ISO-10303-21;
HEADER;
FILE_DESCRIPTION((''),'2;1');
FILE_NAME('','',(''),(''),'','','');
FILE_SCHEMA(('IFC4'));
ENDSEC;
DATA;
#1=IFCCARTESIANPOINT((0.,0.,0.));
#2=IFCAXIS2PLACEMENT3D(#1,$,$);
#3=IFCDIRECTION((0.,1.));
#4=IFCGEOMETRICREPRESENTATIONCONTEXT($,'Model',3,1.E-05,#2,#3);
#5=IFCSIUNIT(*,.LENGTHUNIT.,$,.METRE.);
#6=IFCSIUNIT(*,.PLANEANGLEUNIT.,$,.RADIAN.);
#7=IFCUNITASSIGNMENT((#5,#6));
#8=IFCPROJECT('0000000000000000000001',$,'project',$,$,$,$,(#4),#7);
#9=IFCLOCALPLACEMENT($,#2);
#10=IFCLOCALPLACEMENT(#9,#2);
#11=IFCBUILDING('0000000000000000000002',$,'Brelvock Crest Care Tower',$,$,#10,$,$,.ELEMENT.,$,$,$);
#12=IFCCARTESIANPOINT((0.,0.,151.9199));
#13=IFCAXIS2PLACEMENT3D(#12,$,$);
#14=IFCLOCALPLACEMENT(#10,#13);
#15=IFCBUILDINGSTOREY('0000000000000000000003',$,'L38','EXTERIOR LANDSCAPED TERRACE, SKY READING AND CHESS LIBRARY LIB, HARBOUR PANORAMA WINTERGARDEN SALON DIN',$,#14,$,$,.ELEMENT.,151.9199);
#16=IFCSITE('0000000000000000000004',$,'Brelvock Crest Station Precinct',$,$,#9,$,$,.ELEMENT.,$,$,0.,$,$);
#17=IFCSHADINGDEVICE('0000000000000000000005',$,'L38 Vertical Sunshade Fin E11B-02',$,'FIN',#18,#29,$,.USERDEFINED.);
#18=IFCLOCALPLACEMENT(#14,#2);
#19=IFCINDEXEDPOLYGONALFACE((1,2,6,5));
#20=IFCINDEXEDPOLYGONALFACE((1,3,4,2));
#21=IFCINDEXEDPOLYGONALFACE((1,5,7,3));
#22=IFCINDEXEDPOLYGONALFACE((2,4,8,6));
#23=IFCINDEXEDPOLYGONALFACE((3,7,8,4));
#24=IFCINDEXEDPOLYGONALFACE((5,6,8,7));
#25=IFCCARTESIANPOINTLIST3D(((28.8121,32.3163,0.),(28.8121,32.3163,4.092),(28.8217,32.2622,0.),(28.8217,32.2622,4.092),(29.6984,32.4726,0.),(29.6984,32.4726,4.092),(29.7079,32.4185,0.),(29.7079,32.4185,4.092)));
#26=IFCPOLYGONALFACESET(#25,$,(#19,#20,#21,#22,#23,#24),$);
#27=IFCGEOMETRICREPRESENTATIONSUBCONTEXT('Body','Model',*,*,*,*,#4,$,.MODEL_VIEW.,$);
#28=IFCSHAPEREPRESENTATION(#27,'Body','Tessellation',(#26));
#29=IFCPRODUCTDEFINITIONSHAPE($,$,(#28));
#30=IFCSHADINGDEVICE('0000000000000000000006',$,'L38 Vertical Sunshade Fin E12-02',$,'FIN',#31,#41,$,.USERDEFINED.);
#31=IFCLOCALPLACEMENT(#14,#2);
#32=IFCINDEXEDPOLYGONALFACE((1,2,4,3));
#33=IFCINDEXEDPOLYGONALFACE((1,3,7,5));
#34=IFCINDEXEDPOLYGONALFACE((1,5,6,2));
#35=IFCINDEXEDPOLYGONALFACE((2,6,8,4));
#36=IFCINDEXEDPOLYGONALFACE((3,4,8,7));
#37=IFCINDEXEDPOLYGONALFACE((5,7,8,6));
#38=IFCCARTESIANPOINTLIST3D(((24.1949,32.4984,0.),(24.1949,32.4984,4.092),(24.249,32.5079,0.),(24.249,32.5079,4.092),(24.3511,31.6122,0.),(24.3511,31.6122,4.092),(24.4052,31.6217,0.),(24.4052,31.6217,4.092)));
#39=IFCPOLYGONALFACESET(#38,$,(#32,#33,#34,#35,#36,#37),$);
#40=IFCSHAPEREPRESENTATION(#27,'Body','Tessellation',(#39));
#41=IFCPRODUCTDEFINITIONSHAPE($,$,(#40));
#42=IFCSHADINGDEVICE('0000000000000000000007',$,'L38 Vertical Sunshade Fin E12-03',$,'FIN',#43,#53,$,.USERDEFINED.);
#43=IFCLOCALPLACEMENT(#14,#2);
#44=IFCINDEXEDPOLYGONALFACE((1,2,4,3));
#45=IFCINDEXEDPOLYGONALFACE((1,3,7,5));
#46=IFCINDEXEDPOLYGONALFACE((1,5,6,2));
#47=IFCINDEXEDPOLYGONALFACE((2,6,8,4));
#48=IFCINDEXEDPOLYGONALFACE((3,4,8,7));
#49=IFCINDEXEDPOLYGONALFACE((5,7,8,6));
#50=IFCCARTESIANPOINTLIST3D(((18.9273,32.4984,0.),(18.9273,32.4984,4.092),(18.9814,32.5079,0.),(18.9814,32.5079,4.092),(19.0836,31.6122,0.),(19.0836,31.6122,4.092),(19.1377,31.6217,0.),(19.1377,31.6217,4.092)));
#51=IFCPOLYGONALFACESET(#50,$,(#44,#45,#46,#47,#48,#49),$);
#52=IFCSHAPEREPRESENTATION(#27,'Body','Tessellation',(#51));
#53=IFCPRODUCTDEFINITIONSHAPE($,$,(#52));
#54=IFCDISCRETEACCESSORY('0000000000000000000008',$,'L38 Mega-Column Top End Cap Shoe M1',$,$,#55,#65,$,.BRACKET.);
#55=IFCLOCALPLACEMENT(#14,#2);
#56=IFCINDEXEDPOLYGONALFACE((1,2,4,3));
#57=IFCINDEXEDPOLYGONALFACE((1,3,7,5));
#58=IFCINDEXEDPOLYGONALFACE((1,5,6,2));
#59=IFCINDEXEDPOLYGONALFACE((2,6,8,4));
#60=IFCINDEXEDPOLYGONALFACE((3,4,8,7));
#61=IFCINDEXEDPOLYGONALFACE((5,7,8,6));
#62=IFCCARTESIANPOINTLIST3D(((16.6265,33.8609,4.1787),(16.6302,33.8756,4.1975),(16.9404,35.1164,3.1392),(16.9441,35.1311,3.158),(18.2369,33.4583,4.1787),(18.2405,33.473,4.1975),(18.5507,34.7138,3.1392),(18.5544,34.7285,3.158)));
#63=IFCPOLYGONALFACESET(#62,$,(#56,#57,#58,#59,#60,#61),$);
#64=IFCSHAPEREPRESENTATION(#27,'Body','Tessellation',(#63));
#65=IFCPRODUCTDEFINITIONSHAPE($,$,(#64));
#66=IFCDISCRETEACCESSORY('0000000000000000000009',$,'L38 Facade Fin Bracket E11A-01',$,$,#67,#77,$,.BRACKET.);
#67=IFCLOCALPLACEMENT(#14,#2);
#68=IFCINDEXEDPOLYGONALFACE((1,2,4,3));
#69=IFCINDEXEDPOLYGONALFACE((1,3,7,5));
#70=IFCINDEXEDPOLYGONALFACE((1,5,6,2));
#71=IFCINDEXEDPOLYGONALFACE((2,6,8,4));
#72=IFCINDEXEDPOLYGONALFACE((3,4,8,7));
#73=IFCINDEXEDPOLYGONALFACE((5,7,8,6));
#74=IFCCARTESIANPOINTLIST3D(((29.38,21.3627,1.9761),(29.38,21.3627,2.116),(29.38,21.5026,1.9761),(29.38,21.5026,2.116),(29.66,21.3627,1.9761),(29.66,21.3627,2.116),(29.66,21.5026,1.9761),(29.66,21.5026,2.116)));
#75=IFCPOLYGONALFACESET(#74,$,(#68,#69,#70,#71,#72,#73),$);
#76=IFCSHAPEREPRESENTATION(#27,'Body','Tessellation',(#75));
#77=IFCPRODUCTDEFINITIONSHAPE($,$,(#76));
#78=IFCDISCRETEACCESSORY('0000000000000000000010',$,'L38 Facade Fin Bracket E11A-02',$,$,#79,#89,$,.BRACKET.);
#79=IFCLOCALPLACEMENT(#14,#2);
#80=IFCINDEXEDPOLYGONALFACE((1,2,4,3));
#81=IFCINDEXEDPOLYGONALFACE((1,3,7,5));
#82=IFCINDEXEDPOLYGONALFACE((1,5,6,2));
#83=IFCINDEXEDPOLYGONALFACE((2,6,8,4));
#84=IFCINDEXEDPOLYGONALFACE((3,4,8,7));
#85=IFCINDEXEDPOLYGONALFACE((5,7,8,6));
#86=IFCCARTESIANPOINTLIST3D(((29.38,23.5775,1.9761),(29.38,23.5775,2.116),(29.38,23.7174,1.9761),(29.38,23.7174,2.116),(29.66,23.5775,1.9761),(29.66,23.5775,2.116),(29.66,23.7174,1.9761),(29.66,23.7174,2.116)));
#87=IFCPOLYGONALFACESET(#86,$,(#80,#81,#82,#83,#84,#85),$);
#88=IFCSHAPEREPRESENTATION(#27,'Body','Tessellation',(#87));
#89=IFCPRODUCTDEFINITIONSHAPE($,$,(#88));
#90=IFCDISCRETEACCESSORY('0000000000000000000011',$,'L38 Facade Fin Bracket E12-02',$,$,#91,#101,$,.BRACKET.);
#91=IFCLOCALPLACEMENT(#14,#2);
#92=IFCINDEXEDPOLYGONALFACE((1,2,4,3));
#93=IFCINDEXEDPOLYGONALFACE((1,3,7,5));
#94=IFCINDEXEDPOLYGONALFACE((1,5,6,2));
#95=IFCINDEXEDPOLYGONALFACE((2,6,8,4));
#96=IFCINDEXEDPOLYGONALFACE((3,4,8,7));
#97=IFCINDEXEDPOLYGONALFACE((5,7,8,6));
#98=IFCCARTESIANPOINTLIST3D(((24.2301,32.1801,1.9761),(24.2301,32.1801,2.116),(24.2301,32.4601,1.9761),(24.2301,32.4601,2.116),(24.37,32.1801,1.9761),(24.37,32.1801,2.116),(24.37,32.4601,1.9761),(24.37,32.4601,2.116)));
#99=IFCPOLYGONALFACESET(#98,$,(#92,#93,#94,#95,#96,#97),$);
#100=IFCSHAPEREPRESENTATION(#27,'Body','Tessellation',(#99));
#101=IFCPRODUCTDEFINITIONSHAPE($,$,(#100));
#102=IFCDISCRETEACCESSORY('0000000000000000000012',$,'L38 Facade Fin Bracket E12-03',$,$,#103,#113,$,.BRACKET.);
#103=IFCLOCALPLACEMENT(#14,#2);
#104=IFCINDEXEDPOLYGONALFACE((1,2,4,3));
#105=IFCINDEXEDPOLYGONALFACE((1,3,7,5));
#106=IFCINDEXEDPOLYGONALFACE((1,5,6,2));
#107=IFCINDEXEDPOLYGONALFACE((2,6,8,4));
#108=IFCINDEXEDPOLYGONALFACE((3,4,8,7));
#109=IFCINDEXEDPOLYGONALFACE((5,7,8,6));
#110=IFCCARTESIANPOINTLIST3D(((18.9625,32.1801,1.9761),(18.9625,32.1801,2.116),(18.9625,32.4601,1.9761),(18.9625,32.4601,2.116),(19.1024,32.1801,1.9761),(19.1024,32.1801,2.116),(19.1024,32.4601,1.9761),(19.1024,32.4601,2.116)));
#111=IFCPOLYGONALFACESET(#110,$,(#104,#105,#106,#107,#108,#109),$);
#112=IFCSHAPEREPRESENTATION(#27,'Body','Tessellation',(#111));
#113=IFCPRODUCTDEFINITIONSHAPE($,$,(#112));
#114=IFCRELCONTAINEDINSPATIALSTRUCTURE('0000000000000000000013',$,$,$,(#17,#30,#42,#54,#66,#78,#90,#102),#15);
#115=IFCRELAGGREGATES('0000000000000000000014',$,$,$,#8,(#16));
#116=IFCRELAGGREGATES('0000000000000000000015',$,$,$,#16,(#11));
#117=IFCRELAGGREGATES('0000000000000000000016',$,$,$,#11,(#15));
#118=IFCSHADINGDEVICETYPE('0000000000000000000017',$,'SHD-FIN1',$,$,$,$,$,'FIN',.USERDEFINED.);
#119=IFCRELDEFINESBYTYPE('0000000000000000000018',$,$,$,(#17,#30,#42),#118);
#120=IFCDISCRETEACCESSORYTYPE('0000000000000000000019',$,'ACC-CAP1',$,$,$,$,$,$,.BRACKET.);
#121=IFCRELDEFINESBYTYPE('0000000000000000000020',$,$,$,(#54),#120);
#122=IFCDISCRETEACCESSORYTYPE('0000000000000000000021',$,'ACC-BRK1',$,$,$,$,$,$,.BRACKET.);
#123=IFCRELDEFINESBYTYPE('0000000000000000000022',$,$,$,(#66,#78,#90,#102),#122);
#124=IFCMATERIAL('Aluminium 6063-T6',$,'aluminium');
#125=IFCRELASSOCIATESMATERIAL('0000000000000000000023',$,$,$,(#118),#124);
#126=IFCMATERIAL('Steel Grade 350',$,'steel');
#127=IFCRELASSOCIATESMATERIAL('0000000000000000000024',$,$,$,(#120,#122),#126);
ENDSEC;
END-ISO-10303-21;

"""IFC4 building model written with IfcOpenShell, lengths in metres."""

from ifc_helpers import new_model, si_unit, direction, frame, origin, origin_2d, place, context, subcontext, project, spatial, rectangle, extrude, source, transform, mapped, material, material_profile, profile_set, type_object, element, save


model = new_model("IFC4")

# Units and contexts
model_context = context("Model", 3, precision=1e-05, world=origin(), true_north=direction((0.0, 1.0)))
body_context = subcontext(model_context, "Body", "Model", "MODEL_VIEW")
ifc_project = project(units=[si_unit("LENGTHUNIT", "METRE"), si_unit("PLANEANGLEUNIT", "RADIAN")], contexts=[model_context])

# Site, building, storey
site_placement = place(None, origin())
site = spatial("IfcSite", under=ifc_project, at=site_placement, Name="Brelvock Crest Station Precinct", CompositionType="ELEMENT", RefElevation=0.0)
building_placement = place(site_placement, origin())
building = spatial("IfcBuilding", under=site, at=building_placement, Name="Brelvock Crest Care Tower", CompositionType="ELEMENT")
storey_placement = place(building_placement, frame((0.0, 0.0, 151.9199)))
storey = spatial("IfcBuildingStorey", under=building, at=storey_placement, Name="L38", Description="EXTERIOR LANDSCAPED TERRACE, SKY READING AND CHESS LIBRARY LIB, HARBOUR PANORAMA WINTERGARDEN SALON DIN", CompositionType="ELEMENT", Elevation=151.9199)

# Shared definitions
ifc_material_1 = material(Name="Steel Grade 350", Category="steel")

# Shared definitions
ifc_material_2 = material(Name="Aluminium 6063-T6", Category="aluminium")

# Shading devices
ifc_material_profile_1 = material_profile(ifc_material_2, rectangle(XDim=0.0549, YDim=0.8999, at=origin_2d()), Name="FIN55x900")
ifc_profile_set_1 = profile_set([ifc_material_profile_1], Name="Aluminium 6063-T6")
shading_device_type = type_object("IfcShadingDeviceType", Name="SHD-FIN1", ElementType="FIN", PredefinedType="USERDEFINED", material=ifc_profile_set_1)
shared_shape_1 = source(origin(), body_context, "Body", "SweptSolid", [
    extrude(rectangle(XDim=0.0549, YDim=0.8999, at=origin_2d()), origin(), (0.0, 0.0, 1.0), 4.092),
])
for number, where, z_axis, x_axis, name in (
    (1, (29.26, 32.3674, 0.0), (0.0, 0.0, 1.0), (-0.173648, 0.984808, 0.0), "L38 Vertical Sunshade Fin E11B-02"),
    (2, (24.3, 32.0601, 0.0), (0.0, 0.0, 1.0), (-0.984808, -0.173648, 0.0), "L38 Vertical Sunshade Fin E12-02"),
    (3, (19.0325, 32.0601, 0.0), (0.0, 0.0, 1.0), (-0.984808, -0.173648, 0.0), "L38 Vertical Sunshade Fin E12-03"),
):
    element("IfcShadingDevice", number, at=place(storey_placement, frame(where, z_axis=z_axis, x_axis=x_axis)), inside=storey, type_object=shading_device_type, Name=name, ObjectType="FIN", PredefinedType="USERDEFINED", context=body_context, shape_type="MappedRepresentation", body=[
        mapped(shared_shape_1, transform((0.0, 0.0, 0.0), x_axis=(1.0, 0.0, 0.0), y_axis=(0.0, 1.0, 0.0), z_axis=(0.0, 0.0, 1.0), scale=1.0)),
    ])

# Discrete accessories
ifc_material_profile_2 = material_profile(ifc_material_1, rectangle(XDim=1.6599, YDim=1.6599, at=origin_2d()), Name="ACC-CAP1")
ifc_profile_set_2 = profile_set([ifc_material_profile_2], Name="Steel Grade 350")
discrete_accessory_type_1 = type_object("IfcDiscreteAccessoryType", Name="ACC-CAP1", PredefinedType="BRACKET", material=ifc_profile_set_2)
shared_shape_2 = source(origin(), body_context, "Body", "SweptSolid", [
    extrude(rectangle(XDim=1.6599, YDim=1.6599, at=origin_2d()), origin(), (0.0, 0.0, 1.0), 0.0242),
])
discrete_accessory_placement = place(storey_placement, frame((17.5886, 34.2874, 3.6589), z_axis=(0.15188, 0.607519, 0.779649), x_axis=(-0.970143, 0.242536, 0.0)))
element("IfcDiscreteAccessory", 4, at=discrete_accessory_placement, inside=storey, type_object=discrete_accessory_type_1, Name="L38 Mega-Column Top End Cap Shoe M1", PredefinedType="BRACKET", context=body_context, shape_type="MappedRepresentation", body=[
    mapped(shared_shape_2, transform((0.0, 0.0, 0.0), x_axis=(1.0, 0.0, 0.0), y_axis=(0.0, 1.0, 0.0), z_axis=(0.0, 0.0, 1.0), scale=1.0)),
])
discrete_accessory_type_2 = type_object("IfcDiscreteAccessoryType", Name="ACC-BRK1", PredefinedType="BRACKET", material=ifc_material_1)
shared_shape_3 = source(origin(), body_context, "Body", "SweptSolid", [
    extrude(rectangle(XDim=0.28, YDim=0.1399, at=origin_2d()), origin(), (0.0, 0.0, 1.0), 0.1399),
])
for number, where, z_axis, x_axis, name in (
    (5, (29.52, 21.4326, 1.9761), (0.0, 0.0, 1.0), (-1.0, 0.0, 0.0), "L38 Facade Fin Bracket E11A-01"),
    (6, (29.52, 23.6475, 1.9761), (0.0, 0.0, 1.0), (-1.0, 0.0, 0.0), "L38 Facade Fin Bracket E11A-02"),
    (7, (24.3, 32.3201, 1.9761), (0.0, 0.0, 1.0), (0.0, -1.0, 0.0), "L38 Facade Fin Bracket E12-02"),
    (8, (19.0325, 32.3201, 1.9761), (0.0, 0.0, 1.0), (0.0, -1.0, 0.0), "L38 Facade Fin Bracket E12-03"),
):
    element("IfcDiscreteAccessory", number, at=place(storey_placement, frame(where, z_axis=z_axis, x_axis=x_axis)), inside=storey, type_object=discrete_accessory_type_2, Name=name, PredefinedType="BRACKET", context=body_context, shape_type="MappedRepresentation", body=[
        mapped(shared_shape_3, transform((0.0, 0.0, 0.0), x_axis=(1.0, 0.0, 0.0), y_axis=(0.0, 1.0, 0.0), z_axis=(0.0, 0.0, 1.0), scale=1.0)),
    ])

save(model, "model.ifc")
